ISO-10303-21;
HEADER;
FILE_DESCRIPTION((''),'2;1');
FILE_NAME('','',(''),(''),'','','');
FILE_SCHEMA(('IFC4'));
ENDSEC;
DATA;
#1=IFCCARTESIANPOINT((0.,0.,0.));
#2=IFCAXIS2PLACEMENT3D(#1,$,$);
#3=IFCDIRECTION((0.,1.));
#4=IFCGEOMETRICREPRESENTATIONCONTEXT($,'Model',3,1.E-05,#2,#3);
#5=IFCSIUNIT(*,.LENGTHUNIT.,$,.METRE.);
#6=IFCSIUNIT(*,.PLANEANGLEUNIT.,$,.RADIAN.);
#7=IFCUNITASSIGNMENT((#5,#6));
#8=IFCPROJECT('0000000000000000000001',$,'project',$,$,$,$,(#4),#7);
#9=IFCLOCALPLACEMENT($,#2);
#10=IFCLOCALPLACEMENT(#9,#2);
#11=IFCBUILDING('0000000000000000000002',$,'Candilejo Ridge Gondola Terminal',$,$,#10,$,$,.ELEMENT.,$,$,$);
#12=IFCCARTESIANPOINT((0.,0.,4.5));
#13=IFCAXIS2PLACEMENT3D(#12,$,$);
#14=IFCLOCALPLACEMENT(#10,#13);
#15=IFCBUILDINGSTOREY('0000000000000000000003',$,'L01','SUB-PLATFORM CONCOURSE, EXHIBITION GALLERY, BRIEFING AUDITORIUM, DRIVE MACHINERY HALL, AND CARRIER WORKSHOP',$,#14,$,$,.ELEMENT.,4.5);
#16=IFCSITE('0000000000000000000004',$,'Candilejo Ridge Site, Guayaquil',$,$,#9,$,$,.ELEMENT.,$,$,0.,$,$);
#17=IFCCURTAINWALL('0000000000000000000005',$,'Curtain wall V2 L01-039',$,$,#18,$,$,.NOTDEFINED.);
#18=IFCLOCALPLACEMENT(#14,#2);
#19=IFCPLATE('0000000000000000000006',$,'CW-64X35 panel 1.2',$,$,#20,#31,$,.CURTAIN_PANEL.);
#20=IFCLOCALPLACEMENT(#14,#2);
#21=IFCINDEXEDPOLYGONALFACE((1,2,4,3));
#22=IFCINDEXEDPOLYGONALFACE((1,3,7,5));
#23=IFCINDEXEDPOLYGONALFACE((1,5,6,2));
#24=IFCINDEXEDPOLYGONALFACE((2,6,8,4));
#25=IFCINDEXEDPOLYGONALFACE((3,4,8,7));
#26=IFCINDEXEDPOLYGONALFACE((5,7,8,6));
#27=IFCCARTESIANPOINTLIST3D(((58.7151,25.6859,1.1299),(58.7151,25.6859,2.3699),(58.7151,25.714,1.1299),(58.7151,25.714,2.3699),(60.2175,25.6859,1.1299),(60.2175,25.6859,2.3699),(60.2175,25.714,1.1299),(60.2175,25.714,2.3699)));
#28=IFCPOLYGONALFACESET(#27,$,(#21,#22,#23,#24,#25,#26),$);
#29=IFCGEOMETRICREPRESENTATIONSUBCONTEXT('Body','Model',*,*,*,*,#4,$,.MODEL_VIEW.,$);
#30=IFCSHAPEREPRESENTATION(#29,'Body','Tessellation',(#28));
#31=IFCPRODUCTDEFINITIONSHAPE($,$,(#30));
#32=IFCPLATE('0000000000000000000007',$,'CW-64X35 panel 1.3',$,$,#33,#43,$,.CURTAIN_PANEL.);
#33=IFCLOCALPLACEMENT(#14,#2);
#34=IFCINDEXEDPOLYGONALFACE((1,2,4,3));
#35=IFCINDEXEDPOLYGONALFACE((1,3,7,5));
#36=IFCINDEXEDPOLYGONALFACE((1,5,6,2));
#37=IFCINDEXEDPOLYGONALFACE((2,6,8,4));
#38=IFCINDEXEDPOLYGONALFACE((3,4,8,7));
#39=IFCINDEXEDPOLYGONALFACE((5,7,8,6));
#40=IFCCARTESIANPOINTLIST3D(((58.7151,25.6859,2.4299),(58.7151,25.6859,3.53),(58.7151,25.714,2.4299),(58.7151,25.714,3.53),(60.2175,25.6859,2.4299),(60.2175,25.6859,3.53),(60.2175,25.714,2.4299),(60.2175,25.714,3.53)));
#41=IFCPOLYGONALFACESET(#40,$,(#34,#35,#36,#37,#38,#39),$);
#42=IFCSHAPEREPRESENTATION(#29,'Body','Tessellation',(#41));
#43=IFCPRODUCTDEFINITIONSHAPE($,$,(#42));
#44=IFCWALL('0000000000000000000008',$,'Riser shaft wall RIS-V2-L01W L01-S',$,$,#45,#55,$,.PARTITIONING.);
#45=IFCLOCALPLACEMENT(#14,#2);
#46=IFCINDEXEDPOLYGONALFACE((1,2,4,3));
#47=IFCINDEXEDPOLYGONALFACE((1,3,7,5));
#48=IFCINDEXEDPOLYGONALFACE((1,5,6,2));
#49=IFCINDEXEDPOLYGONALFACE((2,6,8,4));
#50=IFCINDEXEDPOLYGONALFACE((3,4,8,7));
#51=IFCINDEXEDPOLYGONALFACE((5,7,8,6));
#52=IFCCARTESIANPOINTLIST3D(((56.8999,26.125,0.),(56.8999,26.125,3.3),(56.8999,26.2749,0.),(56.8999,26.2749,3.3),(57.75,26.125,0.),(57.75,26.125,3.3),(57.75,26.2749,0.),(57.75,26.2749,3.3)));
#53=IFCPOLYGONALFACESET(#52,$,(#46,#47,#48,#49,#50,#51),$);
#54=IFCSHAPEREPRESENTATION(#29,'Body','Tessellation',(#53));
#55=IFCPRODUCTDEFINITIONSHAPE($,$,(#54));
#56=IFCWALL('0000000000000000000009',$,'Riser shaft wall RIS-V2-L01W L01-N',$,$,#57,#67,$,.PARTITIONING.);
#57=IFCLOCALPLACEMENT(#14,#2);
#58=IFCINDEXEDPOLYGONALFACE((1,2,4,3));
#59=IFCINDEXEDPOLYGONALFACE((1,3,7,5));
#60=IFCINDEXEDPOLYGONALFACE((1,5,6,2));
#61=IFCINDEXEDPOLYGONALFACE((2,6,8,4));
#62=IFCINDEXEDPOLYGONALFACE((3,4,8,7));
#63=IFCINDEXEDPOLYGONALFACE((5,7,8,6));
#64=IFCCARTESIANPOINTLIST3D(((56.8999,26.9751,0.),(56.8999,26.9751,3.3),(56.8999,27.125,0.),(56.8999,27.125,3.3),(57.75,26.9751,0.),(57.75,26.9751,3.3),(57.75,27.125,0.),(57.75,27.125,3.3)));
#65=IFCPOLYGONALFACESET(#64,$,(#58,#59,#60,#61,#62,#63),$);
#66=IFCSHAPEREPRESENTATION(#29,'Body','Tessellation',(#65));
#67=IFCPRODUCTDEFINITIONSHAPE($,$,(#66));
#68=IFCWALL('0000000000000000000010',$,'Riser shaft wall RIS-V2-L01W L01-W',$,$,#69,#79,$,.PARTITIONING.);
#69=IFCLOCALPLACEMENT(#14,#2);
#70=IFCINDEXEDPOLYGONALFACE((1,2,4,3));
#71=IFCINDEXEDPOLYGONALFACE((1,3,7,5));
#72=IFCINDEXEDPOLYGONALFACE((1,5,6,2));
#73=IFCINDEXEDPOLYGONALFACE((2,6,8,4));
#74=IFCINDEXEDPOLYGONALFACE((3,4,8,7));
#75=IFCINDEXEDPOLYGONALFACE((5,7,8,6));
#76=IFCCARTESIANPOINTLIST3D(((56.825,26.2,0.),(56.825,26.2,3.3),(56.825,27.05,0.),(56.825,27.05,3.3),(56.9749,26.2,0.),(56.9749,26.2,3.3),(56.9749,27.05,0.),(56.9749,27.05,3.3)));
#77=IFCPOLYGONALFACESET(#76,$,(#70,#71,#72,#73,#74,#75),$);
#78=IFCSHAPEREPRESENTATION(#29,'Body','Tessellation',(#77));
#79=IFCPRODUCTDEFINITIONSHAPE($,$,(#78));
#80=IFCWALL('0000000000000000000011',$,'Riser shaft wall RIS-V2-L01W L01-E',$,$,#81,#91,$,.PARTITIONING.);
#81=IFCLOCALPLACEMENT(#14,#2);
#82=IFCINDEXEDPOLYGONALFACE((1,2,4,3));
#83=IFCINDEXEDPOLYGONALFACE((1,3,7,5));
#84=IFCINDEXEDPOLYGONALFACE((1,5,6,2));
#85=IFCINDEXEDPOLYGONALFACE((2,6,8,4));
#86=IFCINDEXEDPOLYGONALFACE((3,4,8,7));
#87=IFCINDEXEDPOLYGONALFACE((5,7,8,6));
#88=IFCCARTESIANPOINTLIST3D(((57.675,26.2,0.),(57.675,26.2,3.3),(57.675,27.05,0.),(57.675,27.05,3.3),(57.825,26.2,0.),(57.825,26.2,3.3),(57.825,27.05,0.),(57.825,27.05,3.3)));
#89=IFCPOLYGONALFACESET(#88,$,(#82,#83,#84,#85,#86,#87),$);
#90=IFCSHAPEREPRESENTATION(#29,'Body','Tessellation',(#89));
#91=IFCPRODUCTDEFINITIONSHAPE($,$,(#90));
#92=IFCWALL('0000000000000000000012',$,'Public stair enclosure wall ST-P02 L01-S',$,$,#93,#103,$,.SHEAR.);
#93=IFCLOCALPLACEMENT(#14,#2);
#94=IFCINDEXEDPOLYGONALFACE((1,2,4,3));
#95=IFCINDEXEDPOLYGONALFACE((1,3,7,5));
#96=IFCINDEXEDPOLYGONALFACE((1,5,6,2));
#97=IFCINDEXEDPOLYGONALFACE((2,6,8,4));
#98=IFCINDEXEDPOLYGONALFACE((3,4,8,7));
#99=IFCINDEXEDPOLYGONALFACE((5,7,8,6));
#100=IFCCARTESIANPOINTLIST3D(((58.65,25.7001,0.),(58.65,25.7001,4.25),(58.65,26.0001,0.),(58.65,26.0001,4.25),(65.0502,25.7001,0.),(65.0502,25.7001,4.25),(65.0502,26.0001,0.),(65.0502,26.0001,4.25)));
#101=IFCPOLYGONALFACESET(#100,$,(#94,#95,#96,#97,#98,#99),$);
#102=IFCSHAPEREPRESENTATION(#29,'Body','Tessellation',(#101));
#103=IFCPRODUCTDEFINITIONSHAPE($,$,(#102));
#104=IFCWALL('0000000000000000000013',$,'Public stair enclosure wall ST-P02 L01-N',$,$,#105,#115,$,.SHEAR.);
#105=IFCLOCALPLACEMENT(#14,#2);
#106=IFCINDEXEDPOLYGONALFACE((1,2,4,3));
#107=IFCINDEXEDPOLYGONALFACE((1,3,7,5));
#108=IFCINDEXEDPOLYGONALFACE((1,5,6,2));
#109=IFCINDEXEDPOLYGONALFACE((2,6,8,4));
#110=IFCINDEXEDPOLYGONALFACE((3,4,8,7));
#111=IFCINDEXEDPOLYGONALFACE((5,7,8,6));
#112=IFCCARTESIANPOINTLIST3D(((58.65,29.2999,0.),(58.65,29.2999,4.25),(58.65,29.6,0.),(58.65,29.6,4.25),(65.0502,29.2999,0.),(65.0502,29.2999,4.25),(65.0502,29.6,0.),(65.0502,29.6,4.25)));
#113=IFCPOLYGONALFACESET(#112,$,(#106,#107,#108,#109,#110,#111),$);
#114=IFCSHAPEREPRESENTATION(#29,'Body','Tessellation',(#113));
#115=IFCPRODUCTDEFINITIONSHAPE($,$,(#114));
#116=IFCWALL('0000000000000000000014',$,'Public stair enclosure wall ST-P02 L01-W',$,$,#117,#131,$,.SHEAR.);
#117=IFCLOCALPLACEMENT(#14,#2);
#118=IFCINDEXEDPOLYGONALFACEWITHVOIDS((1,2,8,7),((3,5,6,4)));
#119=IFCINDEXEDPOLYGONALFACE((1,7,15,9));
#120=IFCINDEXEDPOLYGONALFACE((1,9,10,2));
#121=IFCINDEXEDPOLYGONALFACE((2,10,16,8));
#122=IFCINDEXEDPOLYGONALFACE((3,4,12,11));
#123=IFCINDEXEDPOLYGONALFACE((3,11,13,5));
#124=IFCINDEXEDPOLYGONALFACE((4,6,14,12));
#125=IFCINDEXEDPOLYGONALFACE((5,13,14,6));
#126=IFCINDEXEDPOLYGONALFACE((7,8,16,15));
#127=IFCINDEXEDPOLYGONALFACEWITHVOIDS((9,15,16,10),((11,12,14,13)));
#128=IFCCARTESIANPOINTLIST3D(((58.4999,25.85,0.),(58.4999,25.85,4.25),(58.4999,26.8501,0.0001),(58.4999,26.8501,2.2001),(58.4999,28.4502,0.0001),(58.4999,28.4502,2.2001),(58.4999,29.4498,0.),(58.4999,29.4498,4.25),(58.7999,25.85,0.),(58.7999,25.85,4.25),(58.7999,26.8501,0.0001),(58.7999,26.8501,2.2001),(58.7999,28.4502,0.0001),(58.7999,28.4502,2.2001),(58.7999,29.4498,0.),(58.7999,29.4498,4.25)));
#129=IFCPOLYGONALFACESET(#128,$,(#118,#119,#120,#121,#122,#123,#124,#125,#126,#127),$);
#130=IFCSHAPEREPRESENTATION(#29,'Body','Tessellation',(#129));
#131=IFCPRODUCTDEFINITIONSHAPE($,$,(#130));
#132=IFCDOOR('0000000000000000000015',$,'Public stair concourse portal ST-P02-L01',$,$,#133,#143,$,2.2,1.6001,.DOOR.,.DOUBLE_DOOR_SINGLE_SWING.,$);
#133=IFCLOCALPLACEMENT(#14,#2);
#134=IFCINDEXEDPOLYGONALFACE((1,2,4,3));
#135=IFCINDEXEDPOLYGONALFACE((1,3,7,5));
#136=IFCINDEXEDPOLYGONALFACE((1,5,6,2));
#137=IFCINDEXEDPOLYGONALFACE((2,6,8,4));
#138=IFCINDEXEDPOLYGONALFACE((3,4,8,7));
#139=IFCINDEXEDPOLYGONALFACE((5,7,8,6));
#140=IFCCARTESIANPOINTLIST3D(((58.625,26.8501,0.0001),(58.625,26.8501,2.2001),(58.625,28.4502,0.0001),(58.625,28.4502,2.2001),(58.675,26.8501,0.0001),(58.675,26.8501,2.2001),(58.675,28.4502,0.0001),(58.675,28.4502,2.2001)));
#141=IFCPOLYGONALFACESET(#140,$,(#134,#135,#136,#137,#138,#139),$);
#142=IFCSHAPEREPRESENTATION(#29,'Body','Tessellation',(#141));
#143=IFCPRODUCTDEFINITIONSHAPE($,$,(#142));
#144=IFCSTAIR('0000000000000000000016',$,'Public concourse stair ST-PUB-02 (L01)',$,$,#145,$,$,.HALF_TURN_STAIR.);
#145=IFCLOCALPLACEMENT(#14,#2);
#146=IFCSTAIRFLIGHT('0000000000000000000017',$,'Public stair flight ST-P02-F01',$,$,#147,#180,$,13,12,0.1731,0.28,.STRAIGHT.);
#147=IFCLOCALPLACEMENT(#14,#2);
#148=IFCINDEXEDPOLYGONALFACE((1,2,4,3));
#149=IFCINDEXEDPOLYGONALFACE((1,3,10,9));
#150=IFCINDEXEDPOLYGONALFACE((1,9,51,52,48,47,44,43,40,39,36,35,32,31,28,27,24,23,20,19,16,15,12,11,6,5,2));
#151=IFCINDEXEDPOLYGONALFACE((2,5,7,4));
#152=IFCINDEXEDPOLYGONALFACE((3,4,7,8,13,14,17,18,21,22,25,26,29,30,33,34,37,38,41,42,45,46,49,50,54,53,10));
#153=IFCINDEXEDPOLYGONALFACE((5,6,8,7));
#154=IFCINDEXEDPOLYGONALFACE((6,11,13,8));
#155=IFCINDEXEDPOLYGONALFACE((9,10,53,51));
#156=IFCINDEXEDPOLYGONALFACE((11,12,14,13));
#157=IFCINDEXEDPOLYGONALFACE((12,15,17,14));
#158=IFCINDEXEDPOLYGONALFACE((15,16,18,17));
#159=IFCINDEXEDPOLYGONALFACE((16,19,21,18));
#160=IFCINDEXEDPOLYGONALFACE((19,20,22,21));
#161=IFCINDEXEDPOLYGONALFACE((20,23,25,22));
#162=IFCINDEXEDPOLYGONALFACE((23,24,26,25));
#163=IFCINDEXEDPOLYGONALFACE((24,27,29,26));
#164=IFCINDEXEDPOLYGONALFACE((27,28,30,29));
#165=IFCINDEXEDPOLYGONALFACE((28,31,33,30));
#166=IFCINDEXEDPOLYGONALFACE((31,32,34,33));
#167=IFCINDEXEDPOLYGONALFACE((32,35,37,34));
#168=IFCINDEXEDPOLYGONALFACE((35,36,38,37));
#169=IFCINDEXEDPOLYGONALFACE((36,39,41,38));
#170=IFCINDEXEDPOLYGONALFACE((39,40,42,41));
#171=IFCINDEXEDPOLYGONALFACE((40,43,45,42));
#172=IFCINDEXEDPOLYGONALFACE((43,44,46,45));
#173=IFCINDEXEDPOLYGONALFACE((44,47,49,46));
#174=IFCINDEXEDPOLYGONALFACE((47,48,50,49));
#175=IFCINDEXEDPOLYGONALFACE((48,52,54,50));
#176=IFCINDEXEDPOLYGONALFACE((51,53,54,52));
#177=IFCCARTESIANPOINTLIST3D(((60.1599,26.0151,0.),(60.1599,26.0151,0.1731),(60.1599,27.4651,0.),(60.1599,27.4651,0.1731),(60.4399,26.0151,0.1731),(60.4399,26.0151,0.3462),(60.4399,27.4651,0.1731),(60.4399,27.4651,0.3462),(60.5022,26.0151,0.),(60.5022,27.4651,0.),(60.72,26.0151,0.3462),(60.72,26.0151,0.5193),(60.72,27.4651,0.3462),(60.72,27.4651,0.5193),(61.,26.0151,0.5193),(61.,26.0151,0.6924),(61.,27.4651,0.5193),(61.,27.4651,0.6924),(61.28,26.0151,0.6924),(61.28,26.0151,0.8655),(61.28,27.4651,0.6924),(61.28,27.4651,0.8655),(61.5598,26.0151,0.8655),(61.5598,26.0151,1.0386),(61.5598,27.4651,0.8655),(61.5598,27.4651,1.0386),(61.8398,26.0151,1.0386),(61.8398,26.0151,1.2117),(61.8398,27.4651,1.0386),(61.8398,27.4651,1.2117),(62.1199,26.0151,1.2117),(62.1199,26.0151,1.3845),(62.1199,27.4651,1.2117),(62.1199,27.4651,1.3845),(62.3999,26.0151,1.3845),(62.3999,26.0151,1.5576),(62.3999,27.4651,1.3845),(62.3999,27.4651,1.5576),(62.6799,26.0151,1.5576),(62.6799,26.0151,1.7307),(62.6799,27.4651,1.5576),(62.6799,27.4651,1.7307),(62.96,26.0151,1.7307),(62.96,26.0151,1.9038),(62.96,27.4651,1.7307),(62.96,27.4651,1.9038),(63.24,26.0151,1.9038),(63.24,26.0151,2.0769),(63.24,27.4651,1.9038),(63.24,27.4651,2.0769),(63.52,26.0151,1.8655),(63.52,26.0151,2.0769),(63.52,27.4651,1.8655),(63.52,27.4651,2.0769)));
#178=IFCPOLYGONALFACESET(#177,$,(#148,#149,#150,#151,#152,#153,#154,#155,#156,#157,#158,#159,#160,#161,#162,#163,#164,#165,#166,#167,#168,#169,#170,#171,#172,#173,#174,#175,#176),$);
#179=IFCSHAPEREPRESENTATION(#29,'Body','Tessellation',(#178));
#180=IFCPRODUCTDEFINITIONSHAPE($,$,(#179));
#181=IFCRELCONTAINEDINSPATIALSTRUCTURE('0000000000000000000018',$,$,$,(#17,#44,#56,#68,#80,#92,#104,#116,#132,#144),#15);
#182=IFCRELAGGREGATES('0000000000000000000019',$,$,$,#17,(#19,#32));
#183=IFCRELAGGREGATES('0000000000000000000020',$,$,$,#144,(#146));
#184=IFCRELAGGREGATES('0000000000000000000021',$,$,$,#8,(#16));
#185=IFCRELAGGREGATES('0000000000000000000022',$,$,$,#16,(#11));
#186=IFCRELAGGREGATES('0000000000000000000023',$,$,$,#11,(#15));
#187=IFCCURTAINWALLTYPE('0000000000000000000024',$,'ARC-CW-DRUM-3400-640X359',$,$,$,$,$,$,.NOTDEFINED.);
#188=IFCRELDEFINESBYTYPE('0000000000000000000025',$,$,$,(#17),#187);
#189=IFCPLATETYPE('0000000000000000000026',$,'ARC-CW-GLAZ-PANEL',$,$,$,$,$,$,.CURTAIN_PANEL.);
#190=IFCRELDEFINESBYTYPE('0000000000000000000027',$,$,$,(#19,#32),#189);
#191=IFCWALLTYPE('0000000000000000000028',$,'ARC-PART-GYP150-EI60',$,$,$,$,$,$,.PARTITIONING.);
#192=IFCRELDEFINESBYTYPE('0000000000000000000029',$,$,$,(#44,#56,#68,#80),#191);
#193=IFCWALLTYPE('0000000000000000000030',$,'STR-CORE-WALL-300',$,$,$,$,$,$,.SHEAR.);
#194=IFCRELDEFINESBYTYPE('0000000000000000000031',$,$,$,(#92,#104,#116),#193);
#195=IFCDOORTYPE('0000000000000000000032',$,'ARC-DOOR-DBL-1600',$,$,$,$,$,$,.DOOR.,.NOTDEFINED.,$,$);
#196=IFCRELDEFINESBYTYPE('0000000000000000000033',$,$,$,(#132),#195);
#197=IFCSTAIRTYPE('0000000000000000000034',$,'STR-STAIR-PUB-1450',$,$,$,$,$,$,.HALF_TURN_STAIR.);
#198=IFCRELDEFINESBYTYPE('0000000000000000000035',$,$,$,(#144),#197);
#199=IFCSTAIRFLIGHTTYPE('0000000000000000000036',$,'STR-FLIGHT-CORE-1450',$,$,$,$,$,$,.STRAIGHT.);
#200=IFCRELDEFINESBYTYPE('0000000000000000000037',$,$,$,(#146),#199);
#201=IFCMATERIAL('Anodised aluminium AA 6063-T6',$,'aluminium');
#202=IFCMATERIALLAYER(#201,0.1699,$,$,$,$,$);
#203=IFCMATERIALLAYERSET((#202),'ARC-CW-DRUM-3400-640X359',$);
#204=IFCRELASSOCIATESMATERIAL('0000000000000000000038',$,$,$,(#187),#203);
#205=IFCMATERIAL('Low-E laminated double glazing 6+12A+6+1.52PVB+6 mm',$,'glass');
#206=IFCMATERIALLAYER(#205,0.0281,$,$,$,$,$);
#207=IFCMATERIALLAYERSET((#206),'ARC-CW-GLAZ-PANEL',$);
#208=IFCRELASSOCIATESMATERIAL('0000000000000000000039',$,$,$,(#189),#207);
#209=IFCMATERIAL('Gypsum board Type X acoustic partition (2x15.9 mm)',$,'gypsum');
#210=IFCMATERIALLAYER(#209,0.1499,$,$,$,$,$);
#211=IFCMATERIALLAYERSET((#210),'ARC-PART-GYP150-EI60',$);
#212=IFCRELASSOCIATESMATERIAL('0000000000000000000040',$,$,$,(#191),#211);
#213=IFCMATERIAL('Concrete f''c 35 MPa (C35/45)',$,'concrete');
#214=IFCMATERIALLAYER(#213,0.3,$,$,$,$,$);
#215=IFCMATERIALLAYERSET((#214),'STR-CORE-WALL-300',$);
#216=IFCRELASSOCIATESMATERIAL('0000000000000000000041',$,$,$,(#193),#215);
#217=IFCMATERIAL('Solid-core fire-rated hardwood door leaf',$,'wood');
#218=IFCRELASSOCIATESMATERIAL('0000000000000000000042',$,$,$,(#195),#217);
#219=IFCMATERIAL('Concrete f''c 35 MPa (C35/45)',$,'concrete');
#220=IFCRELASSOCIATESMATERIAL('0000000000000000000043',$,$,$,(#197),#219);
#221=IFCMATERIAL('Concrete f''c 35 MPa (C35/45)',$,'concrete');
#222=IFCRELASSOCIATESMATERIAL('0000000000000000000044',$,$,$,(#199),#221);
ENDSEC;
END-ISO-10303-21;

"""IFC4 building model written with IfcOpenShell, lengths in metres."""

from ifc_helpers import new_model, si_unit, direction, frame, frame_2d, origin, origin_2d, place, context, subcontext, project, spatial, polyline, rectangle, outline, extrude, material, layer, layer_set, type_object, element, fill, aggregate, save


model = new_model("IFC4")

# Units and contexts
model_context = context("Model", 3, precision=1e-05, world=origin(), true_north=direction((0.0, 1.0)))
body_context = subcontext(model_context, "Body", "Model", "MODEL_VIEW")
ifc_project = project(units=[si_unit("LENGTHUNIT", "METRE"), si_unit("PLANEANGLEUNIT", "RADIAN")], contexts=[model_context])

# Site, building, storey
site_placement = place(None, origin())
site = spatial("IfcSite", under=ifc_project, at=site_placement, Name="Candilejo Ridge Site, Guayaquil", CompositionType="ELEMENT", RefElevation=0.0)
building_placement = place(site_placement, origin())
building = spatial("IfcBuilding", under=site, at=building_placement, Name="Candilejo Ridge Gondola Terminal", CompositionType="ELEMENT")
storey_placement = place(building_placement, frame((0.0, 0.0, 4.5)))
storey = spatial("IfcBuildingStorey", under=building, at=storey_placement, Name="L01", Description="SUB-PLATFORM CONCOURSE, EXHIBITION GALLERY, BRIEFING AUDITORIUM, DRIVE MACHINERY HALL, AND CARRIER WORKSHOP", CompositionType="ELEMENT", Elevation=4.5)

# Curtain wall
ifc_material_1 = material(Name="Anodised aluminium AA 6063-T6", Category="aluminium")
ifc_layer_1 = layer(ifc_material_1, 0.1699)
ifc_layer_set_1 = layer_set([ifc_layer_1], Name="ARC-CW-DRUM-3400-640X359")
curtain_wall_type_1 = type_object("IfcCurtainWallType", Name="ARC-CW-DRUM-3400-640X359", PredefinedType="NOTDEFINED", material=ifc_layer_set_1)
curtain_wall_1_placement = place(storey_placement, origin())
curtain_wall_1 = element("IfcCurtainWall", 1, at=curtain_wall_1_placement, inside=storey, type_object=curtain_wall_type_1, Name="Curtain wall V2 L01-039", PredefinedType="NOTDEFINED")

# Plates
ifc_material_2 = material(Name="Low-E laminated double glazing 6+12A+6+1.52PVB+6 mm", Category="glass")
ifc_layer_2 = layer(ifc_material_2, 0.0281)
ifc_layer_set_2 = layer_set([ifc_layer_2], Name="ARC-CW-GLAZ-PANEL")
plate_type = type_object("IfcPlateType", Name="ARC-CW-GLAZ-PANEL", PredefinedType="CURTAIN_PANEL", material=ifc_layer_set_2)
plate_1_placement = place(storey_placement, frame((59.4663, 25.7, 1.1299), z_axis=(0.0, 0.0, 1.0), x_axis=(1.0, 0.0, 0.0)))
plate_1 = element("IfcPlate", 2, at=plate_1_placement, type_object=plate_type, Name="CW-64X35 panel 1.2", PredefinedType="CURTAIN_PANEL", context=body_context, shape_type="SweptSolid", body=[
    extrude(rectangle(XDim=1.5024, YDim=0.0281, at=origin_2d()), origin(), (0.0, 0.0, 1.0), 1.24),
])
plate_2_placement = place(storey_placement, frame((59.4663, 25.7, 2.4299), z_axis=(0.0, 0.0, 1.0), x_axis=(1.0, 0.0, 0.0)))
plate_2 = element("IfcPlate", 3, at=plate_2_placement, type_object=plate_type, Name="CW-64X35 panel 1.3", PredefinedType="CURTAIN_PANEL", context=body_context, shape_type="SweptSolid", body=[
    extrude(rectangle(XDim=1.5024, YDim=0.0281, at=origin_2d()), origin(), (0.0, 0.0, 1.0), 1.1001),
])
aggregate(curtain_wall_1, [plate_1, plate_2])

# Walls
ifc_material_3 = material(Name="Gypsum board Type X acoustic partition (2x15.9 mm)", Category="gypsum")
ifc_layer_3 = layer(ifc_material_3, 0.1499)
ifc_layer_set_3 = layer_set([ifc_layer_3], Name="ARC-PART-GYP150-EI60")
wall_type_1 = type_object("IfcWallType", Name="ARC-PART-GYP150-EI60", PredefinedType="PARTITIONING", material=ifc_layer_set_3)
for number, where, z_axis, x_axis, name in (
    (4, (56.8999, 26.2, 0.0), (0.0, 0.0, 1.0), (1.0, 0.0, 0.0), "Riser shaft wall RIS-V2-L01W L01-S"),
    (5, (56.8999, 27.05, 0.0), (0.0, 0.0, 1.0), (1.0, 0.0, 0.0), "Riser shaft wall RIS-V2-L01W L01-N"),
    (6, (56.8999, 26.2, 0.0), (0.0, 0.0, 1.0), (0.0, 1.0, 0.0), "Riser shaft wall RIS-V2-L01W L01-W"),
    (7, (57.75, 26.2, 0.0), (0.0, 0.0, 1.0), (0.0, 1.0, 0.0), "Riser shaft wall RIS-V2-L01W L01-E"),
):
    element("IfcWall", number, at=place(storey_placement, frame(where, z_axis=z_axis, x_axis=x_axis)), inside=storey, type_object=wall_type_1, Name=name, PredefinedType="PARTITIONING", context=body_context, shape_type="SweptSolid", body=[
        extrude(rectangle(XDim=0.8501, YDim=0.1499, at=frame_2d((0.425, 0.0))), origin(), (0.0, 0.0, 1.0), 3.3),
    ])
ifc_material_4 = material(Name="Concrete f'c 35 MPa (C35/45)", Category="concrete")
ifc_layer_4 = layer(ifc_material_4, 0.3)
ifc_layer_set_4 = layer_set([ifc_layer_4], Name="STR-CORE-WALL-300")
wall_type_2 = type_object("IfcWallType", Name="STR-CORE-WALL-300", PredefinedType="SHEAR", material=ifc_layer_set_4)
for number, where, z_axis, x_axis, name in (
    (8, (58.6499, 25.8501, 0.0), (0.0, 0.0, 1.0), (1.0, 0.0, 0.0), "Public stair enclosure wall ST-P02 L01-S"),
    (9, (58.6499, 29.45, 0.0), (0.0, 0.0, 1.0), (1.0, 0.0, 0.0), "Public stair enclosure wall ST-P02 L01-N"),
):
    element("IfcWall", number, at=place(storey_placement, frame(where, z_axis=z_axis, x_axis=x_axis)), inside=storey, type_object=wall_type_2, Name=name, PredefinedType="SHEAR", context=body_context, shape_type="SweptSolid", body=[
        extrude(rectangle(XDim=6.4001, YDim=0.3, at=frame_2d((3.2002, 0.0))), origin(), (0.0, 0.0, 1.0), 4.25),
    ])

# Wall, opening, door
wall_placement = place(storey_placement, frame((58.6499, 25.8501, 0.0), z_axis=(0.0, 0.0, 1.0), x_axis=(0.0, 1.0, 0.0)))
wall = element("IfcWall", 10, at=wall_placement, inside=storey, type_object=wall_type_2, Name="Public stair enclosure wall ST-P02 L01-W", PredefinedType="SHEAR", context=body_context, shape_type="SweptSolid", body=[
    extrude(rectangle(XDim=3.5999, YDim=0.3, at=frame_2d((1.7998, 0.0))), origin(), (0.0, 0.0, 1.0), 4.25),
])
opening_placement = place(wall_placement, frame((1.0, 0.0, 0.0)))
opening = element("IfcOpeningElement", 11, at=opening_placement, cuts=wall, PredefinedType="OPENING", context=body_context, shape_type="SweptSolid", body=[
    extrude(rectangle(XDim=1.6001, YDim=2.2, at=frame_2d((0.8, 1.1001))), frame((0.0, 0.1599, 0.0), z_axis=(0.0, -1.0, 0.0), x_axis=(1.0, 0.0, 0.0)), (0.0, 0.0, 1.0), 0.3201),
])
ifc_material_5 = material(Name="Solid-core fire-rated hardwood door leaf", Category="wood")
door_type = type_object("IfcDoorType", Name="ARC-DOOR-DBL-1600", OperationType="NOTDEFINED", PredefinedType="DOOR", material=ifc_material_5)
door_placement = place(opening_placement, origin())
door = element("IfcDoor", 12, at=door_placement, inside=storey, type_object=door_type, Name="Public stair concourse portal ST-P02-L01", OperationType="DOUBLE_DOOR_SINGLE_SWING", OverallHeight=2.2, OverallWidth=1.6001, PredefinedType="DOOR", context=body_context, shape_type="SweptSolid", body=[
    extrude(rectangle(XDim=1.6001, YDim=2.2, at=frame_2d((0.8, 1.1001))), frame((0.0, 0.0249, 0.0), z_axis=(0.0, -1.0, 0.0), x_axis=(1.0, 0.0, 0.0)), (0.0, 0.0, 1.0), 0.05),
])
fill(opening, door)

# Stair, stair flight
ifc_material_6 = material(Name="Concrete f'c 35 MPa (C35/45)", Category="concrete")
stair_type = type_object("IfcStairType", Name="STR-STAIR-PUB-1450", PredefinedType="HALF_TURN_STAIR", material=ifc_material_6)
stair_placement = place(storey_placement, origin())
stair = element("IfcStair", 13, at=stair_placement, inside=storey, type_object=stair_type, Name="Public concourse stair ST-PUB-02 (L01)", PredefinedType="HALF_TURN_STAIR")
ifc_material_7 = material(Name="Concrete f'c 35 MPa (C35/45)", Category="concrete")
stair_flight_type = type_object("IfcStairFlightType", Name="STR-FLIGHT-CORE-1450", PredefinedType="STRAIGHT", material=ifc_material_7)
stair_flight_placement = place(storey_placement, frame((60.1599, 26.74, 0.0), z_axis=(0.0, 0.0, 1.0), x_axis=(1.0, 0.0, 0.0)))
stair_flight = element("IfcStairFlight", 14, at=stair_flight_placement, type_object=stair_flight_type, Name="Public stair flight ST-P02-F01", NumberOfRisers=13, NumberOfTreads=12, PredefinedType="STRAIGHT", RiserHeight=0.1731, TreadLength=0.28, context=body_context, shape_type="SweptSolid", body=[
    extrude(outline(polyline([(0.0, 0.0), (0.0, 0.1731), (0.28, 0.1731), (0.28, 0.3462), (0.5601, 0.3462), (0.5601, 0.5193), (0.8401, 0.5193), (0.8401, 0.6924), (1.1201, 0.6924), (1.1201, 0.8655), (1.3999, 0.8655), (1.3999, 1.0386), (1.6799, 1.0386), (1.6799, 1.2117), (1.96, 1.2117), (1.96, 1.3845), (2.24, 1.3845), (2.24, 1.5576), (2.52, 1.5576), (2.52, 1.7307), (2.8, 1.7307), (2.8, 1.9038), (3.0801, 1.9038), (3.0801, 2.0769), (3.3601, 2.0769), (3.3601, 2.25), (3.3601, 1.8655), (0.3423, 0.0), (0.0, 0.0)])), frame((0.0, 0.7251, 0.0), z_axis=(0.0, -1.0, 0.0), x_axis=(1.0, 0.0, 0.0)), (0.0, 0.0, 1.0), 1.45),
])
aggregate(stair, [stair_flight])

save(model, "model.ifc")
